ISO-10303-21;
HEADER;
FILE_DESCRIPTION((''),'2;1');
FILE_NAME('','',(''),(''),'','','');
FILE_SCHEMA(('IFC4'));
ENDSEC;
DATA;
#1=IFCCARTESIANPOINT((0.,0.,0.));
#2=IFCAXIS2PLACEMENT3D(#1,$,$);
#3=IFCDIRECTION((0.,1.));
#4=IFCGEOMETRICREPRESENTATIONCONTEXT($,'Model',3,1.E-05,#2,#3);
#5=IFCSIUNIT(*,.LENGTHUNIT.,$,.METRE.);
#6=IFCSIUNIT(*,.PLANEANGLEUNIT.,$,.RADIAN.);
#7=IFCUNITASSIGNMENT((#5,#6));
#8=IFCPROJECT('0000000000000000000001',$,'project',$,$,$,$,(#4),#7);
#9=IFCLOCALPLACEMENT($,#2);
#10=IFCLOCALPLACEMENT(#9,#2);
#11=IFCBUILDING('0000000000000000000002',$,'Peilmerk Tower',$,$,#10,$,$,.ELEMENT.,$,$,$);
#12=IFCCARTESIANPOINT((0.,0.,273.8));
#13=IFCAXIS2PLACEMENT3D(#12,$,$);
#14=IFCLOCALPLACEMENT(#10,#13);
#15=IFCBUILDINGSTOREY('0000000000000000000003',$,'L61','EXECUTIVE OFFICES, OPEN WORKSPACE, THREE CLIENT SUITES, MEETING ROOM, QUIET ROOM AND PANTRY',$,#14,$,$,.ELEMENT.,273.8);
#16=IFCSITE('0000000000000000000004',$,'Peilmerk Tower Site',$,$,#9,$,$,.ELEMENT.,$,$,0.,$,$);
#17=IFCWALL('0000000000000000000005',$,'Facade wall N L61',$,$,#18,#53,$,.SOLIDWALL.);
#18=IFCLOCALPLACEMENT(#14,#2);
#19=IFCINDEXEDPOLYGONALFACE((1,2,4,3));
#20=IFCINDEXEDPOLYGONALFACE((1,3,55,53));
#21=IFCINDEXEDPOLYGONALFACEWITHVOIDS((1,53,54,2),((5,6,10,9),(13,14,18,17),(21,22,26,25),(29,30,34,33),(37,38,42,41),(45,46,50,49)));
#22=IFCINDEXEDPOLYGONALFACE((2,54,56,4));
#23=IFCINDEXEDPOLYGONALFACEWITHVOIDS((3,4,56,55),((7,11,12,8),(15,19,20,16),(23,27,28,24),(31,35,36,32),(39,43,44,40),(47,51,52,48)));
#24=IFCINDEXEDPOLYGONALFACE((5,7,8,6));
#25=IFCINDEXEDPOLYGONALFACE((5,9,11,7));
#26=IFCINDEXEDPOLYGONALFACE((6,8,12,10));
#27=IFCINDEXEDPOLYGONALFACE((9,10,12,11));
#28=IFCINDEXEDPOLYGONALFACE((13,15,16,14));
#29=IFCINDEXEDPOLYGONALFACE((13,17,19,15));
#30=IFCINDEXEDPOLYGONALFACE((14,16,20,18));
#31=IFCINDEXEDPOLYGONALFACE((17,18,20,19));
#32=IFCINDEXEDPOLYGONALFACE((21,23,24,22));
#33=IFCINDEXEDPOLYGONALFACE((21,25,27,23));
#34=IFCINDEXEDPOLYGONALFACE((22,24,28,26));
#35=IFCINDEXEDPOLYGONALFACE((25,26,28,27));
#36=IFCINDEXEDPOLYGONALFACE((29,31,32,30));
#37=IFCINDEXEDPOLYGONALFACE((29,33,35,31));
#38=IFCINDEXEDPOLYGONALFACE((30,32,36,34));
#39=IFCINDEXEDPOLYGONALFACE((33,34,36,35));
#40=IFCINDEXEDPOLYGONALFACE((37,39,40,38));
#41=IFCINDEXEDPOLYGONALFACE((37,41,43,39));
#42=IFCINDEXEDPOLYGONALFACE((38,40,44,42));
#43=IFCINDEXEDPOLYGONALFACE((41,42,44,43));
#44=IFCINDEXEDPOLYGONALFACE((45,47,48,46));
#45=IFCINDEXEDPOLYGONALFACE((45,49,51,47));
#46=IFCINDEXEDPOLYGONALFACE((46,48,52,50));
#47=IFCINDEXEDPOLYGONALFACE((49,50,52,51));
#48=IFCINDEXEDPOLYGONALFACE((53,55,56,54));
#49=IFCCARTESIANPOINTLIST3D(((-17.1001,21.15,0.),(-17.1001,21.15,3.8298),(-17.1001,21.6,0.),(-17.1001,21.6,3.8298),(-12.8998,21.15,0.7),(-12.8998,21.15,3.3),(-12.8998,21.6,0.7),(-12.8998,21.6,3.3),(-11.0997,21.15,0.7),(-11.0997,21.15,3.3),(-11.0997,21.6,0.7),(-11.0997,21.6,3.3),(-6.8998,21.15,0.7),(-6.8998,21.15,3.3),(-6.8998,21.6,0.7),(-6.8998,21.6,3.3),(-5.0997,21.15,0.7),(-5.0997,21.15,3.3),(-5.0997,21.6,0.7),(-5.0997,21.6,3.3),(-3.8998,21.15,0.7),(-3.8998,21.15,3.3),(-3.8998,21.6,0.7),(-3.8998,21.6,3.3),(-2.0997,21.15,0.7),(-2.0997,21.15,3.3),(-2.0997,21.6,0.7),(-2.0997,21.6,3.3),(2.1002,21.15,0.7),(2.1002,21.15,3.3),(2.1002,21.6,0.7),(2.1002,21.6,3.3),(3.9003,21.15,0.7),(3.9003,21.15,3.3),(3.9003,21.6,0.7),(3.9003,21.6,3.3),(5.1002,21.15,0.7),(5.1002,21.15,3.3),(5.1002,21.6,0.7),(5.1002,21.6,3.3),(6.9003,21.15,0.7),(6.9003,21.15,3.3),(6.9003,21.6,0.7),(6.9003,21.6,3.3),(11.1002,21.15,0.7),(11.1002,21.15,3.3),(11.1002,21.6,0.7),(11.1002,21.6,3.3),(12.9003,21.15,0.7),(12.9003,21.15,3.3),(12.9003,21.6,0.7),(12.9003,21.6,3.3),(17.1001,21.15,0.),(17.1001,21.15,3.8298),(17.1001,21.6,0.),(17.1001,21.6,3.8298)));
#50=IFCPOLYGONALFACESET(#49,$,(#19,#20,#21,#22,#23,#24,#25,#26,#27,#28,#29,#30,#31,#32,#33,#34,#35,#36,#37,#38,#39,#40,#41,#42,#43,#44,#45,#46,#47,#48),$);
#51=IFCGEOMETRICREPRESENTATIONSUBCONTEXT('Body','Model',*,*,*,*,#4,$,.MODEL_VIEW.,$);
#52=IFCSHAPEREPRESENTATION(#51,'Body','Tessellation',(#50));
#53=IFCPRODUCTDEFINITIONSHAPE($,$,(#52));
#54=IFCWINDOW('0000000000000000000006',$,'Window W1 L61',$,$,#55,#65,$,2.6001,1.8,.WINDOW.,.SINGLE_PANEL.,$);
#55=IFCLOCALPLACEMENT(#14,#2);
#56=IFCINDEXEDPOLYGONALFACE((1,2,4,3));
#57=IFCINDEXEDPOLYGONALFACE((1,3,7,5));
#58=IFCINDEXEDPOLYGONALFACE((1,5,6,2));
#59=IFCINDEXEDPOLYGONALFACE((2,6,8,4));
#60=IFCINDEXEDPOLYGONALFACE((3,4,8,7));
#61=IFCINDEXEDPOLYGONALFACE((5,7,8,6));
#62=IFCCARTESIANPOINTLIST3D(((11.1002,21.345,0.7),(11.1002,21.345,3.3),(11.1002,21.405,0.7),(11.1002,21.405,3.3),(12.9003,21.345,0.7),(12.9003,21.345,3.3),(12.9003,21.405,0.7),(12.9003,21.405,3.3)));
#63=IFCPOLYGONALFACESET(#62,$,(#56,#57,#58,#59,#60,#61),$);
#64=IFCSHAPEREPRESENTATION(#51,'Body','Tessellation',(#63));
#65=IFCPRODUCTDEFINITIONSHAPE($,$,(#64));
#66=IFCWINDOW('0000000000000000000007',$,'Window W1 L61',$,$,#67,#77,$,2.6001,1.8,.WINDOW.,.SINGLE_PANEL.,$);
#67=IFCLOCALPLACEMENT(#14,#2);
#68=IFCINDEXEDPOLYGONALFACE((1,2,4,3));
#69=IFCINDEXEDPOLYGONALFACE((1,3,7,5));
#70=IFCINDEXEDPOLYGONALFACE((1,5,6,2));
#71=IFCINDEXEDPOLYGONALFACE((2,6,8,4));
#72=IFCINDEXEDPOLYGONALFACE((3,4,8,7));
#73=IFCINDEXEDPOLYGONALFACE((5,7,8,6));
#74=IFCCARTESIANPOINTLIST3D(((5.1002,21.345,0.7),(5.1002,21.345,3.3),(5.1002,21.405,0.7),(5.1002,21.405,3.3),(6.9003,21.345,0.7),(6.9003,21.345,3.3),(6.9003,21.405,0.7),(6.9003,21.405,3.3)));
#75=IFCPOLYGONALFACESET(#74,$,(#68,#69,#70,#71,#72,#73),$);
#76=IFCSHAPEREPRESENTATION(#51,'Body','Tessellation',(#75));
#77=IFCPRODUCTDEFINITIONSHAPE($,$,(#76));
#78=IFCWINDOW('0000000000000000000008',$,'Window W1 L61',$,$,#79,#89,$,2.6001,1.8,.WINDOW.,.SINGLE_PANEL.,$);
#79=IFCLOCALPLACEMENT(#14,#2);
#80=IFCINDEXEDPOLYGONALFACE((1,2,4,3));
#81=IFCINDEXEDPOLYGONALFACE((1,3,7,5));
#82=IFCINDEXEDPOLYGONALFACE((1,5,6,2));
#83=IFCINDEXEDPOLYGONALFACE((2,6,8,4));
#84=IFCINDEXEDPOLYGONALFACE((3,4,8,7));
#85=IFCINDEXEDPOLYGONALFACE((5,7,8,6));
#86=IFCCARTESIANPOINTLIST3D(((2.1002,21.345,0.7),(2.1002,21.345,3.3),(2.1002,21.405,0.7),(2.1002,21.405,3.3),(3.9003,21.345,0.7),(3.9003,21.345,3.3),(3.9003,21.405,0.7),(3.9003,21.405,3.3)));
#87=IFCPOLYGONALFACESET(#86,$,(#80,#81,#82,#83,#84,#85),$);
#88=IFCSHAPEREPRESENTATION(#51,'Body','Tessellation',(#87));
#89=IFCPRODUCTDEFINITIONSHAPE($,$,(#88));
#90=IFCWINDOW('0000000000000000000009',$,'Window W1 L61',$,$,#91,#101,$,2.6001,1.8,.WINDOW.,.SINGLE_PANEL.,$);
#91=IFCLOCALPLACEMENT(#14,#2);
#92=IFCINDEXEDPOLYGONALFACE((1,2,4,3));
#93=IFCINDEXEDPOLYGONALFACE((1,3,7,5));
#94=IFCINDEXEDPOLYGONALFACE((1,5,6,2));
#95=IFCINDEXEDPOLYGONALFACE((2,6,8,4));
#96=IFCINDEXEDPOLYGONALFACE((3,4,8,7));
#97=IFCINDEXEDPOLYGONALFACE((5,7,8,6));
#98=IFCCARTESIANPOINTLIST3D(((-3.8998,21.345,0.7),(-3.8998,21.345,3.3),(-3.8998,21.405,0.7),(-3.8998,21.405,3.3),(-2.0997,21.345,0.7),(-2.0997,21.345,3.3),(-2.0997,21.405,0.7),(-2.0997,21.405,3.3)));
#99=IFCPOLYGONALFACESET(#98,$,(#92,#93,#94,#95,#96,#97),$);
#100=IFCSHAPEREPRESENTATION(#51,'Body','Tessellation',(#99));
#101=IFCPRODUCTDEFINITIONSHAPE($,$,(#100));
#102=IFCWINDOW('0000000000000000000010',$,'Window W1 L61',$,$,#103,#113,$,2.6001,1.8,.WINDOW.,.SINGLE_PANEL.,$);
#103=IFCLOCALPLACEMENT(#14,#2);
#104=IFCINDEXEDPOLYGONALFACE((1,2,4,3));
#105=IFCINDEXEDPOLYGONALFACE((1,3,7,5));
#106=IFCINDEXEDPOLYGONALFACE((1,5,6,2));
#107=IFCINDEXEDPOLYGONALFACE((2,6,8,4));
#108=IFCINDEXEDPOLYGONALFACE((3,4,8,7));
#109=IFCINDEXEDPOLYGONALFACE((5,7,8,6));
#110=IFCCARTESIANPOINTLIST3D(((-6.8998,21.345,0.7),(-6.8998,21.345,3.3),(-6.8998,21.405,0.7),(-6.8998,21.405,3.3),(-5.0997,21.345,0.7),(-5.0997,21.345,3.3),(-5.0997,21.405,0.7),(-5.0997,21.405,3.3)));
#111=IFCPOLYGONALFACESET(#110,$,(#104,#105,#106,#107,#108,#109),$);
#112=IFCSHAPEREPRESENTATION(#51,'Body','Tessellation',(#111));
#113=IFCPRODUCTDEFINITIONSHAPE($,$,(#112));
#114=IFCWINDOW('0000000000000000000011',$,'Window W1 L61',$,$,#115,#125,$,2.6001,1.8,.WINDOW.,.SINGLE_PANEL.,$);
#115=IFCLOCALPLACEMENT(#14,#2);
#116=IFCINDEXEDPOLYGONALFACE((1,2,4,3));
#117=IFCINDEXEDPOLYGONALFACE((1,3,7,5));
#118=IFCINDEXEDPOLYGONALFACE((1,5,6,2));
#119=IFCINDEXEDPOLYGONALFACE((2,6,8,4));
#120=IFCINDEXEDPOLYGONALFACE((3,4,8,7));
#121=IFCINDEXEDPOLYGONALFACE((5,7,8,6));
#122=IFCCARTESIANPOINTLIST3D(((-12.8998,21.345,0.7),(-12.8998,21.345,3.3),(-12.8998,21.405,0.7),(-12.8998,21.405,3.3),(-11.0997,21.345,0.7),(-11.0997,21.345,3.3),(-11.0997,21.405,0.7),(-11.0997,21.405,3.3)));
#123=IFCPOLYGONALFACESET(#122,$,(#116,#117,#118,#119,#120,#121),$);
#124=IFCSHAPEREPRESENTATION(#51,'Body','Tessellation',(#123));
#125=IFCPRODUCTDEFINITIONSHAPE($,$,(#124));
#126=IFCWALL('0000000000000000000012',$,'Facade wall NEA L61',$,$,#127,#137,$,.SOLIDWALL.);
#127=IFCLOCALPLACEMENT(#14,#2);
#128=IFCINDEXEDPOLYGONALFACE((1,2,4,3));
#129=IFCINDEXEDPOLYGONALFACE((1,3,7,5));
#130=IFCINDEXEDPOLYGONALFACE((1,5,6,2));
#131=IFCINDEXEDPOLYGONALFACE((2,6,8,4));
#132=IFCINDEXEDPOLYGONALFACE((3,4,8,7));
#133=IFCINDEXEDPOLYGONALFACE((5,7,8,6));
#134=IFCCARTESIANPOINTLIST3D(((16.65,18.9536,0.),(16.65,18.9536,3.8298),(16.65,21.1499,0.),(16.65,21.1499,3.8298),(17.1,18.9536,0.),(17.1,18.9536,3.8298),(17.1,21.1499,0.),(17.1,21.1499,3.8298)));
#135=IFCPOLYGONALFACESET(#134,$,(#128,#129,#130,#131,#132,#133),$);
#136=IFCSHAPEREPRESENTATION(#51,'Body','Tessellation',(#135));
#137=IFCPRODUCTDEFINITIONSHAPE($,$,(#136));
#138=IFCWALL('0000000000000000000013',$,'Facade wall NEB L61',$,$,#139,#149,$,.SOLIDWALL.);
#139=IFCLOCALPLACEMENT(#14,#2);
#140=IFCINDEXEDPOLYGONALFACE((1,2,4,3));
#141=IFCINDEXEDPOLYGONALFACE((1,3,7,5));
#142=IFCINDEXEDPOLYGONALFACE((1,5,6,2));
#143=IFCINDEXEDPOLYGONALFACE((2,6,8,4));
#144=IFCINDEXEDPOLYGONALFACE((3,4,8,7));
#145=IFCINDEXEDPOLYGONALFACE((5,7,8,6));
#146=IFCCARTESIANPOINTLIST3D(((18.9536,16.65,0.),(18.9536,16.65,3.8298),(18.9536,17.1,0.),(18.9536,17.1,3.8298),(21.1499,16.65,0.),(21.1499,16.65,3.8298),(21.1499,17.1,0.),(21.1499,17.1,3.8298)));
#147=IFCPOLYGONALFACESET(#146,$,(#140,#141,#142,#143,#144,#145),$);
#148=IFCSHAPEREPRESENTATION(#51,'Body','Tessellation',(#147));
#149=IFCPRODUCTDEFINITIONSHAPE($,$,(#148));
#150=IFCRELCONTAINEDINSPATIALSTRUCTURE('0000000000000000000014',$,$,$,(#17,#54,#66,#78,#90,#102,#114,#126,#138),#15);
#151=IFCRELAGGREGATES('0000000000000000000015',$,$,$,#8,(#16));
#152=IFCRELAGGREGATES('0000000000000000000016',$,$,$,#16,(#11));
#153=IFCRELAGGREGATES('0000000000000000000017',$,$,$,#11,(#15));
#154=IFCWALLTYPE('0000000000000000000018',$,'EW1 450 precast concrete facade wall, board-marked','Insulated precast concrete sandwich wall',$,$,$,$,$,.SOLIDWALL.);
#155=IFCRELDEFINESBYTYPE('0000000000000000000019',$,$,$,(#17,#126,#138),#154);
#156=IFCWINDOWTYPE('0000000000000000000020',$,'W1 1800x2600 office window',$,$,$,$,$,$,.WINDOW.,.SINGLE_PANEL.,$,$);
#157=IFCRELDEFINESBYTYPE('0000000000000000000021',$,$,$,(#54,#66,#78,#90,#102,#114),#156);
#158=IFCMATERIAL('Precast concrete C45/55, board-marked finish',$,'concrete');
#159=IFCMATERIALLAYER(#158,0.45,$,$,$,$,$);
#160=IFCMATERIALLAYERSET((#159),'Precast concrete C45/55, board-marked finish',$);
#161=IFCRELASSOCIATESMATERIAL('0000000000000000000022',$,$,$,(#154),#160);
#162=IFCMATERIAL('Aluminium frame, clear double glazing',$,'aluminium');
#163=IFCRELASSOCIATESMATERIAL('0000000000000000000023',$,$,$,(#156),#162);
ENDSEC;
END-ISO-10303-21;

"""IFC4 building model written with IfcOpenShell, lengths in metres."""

from ifc_helpers import new_model, si_unit, direction, frame, frame_2d, origin, place, context, subcontext, project, spatial, rectangle, extrude, material, layer, layer_set, type_object, element, fill, save


model = new_model("IFC4")

# Units and contexts
model_context = context("Model", 3, precision=1e-05, world=origin(), true_north=direction((0.0, 1.0)))
body_context = subcontext(model_context, "Body", "Model", "MODEL_VIEW")
ifc_project = project(units=[si_unit("LENGTHUNIT", "METRE"), si_unit("PLANEANGLEUNIT", "RADIAN")], contexts=[model_context])

# Site, building, storey
site_placement = place(None, origin())
site = spatial("IfcSite", under=ifc_project, at=site_placement, Name="Peilmerk Tower Site", CompositionType="ELEMENT", RefElevation=0.0)
building_placement = place(site_placement, origin())
building = spatial("IfcBuilding", under=site, at=building_placement, Name="Peilmerk Tower", CompositionType="ELEMENT")
storey_placement = place(building_placement, frame((0.0, 0.0, 273.8)))
storey = spatial("IfcBuildingStorey", under=building, at=storey_placement, Name="L61", Description="EXECUTIVE OFFICES, OPEN WORKSPACE, THREE CLIENT SUITES, MEETING ROOM, QUIET ROOM AND PANTRY", CompositionType="ELEMENT", Elevation=273.8)

# Wall, openings, windows
ifc_material_1 = material(Name="Precast concrete C45/55, board-marked finish", Category="concrete")
ifc_layer_1 = layer(ifc_material_1, 0.45)
ifc_layer_set_1 = layer_set([ifc_layer_1], Name="Precast concrete C45/55, board-marked finish")
wall_type = type_object("IfcWallType", Name="EW1 450 precast concrete facade wall, board-marked", Description="Insulated precast concrete sandwich wall", PredefinedType="SOLIDWALL", material=ifc_layer_set_1)
wall_placement = place(storey_placement, frame((17.1001, 21.375, 0.0), z_axis=(0.0, 0.0, 1.0), x_axis=(-1.0, 0.0, 0.0)))
wall = element("IfcWall", 1, at=wall_placement, inside=storey, type_object=wall_type, Name="Facade wall N L61", PredefinedType="SOLIDWALL", context=body_context, shape_type="SweptSolid", body=[
    extrude(rectangle(XDim=34.2002, YDim=0.45, at=frame_2d((17.1001, 0.0))), origin(), (0.0, 0.0, 1.0), 3.8298),
])
opening_1_placement = place(wall_placement, frame((4.2, 0.0, 0.7)))
opening_1 = element("IfcOpeningElement", 2, at=opening_1_placement, cuts=wall, PredefinedType="OPENING", context=body_context, shape_type="SweptSolid", body=[
    extrude(rectangle(XDim=1.8, YDim=2.6001, at=frame_2d((0.8999, 1.3))), frame((0.0, 0.2349, 0.0), z_axis=(0.0, -1.0, 0.0), x_axis=(1.0, 0.0, 0.0)), (0.0, 0.0, 1.0), 0.47),
])
opening_2_placement = place(wall_placement, frame((10.2, 0.0, 0.7)))
opening_2 = element("IfcOpeningElement", 3, at=opening_2_placement, cuts=wall, PredefinedType="OPENING", context=body_context, shape_type="SweptSolid", body=[
    extrude(rectangle(XDim=1.8, YDim=2.6001, at=frame_2d((0.8999, 1.3))), frame((0.0, 0.2349, 0.0), z_axis=(0.0, -1.0, 0.0), x_axis=(1.0, 0.0, 0.0)), (0.0, 0.0, 1.0), 0.47),
])
opening_3_placement = place(wall_placement, frame((13.2, 0.0, 0.7)))
opening_3 = element("IfcOpeningElement", 4, at=opening_3_placement, cuts=wall, PredefinedType="OPENING", context=body_context, shape_type="SweptSolid", body=[
    extrude(rectangle(XDim=1.8, YDim=2.6001, at=frame_2d((0.8999, 1.3))), frame((0.0, 0.2349, 0.0), z_axis=(0.0, -1.0, 0.0), x_axis=(1.0, 0.0, 0.0)), (0.0, 0.0, 1.0), 0.47),
])
opening_4_placement = place(wall_placement, frame((19.2, 0.0, 0.7)))
opening_4 = element("IfcOpeningElement", 5, at=opening_4_placement, cuts=wall, PredefinedType="OPENING", context=body_context, shape_type="SweptSolid", body=[
    extrude(rectangle(XDim=1.8, YDim=2.6001, at=frame_2d((0.8999, 1.3))), frame((0.0, 0.2349, 0.0), z_axis=(0.0, -1.0, 0.0), x_axis=(1.0, 0.0, 0.0)), (0.0, 0.0, 1.0), 0.47),
])
opening_5_placement = place(wall_placement, frame((22.2, 0.0, 0.7)))
opening_5 = element("IfcOpeningElement", 6, at=opening_5_placement, cuts=wall, PredefinedType="OPENING", context=body_context, shape_type="SweptSolid", body=[
    extrude(rectangle(XDim=1.8, YDim=2.6001, at=frame_2d((0.8999, 1.3))), frame((0.0, 0.2349, 0.0), z_axis=(0.0, -1.0, 0.0), x_axis=(1.0, 0.0, 0.0)), (0.0, 0.0, 1.0), 0.47),
])
opening_6_placement = place(wall_placement, frame((28.2, 0.0, 0.7)))
opening_6 = element("IfcOpeningElement", 7, at=opening_6_placement, cuts=wall, PredefinedType="OPENING", context=body_context, shape_type="SweptSolid", body=[
    extrude(rectangle(XDim=1.8, YDim=2.6001, at=frame_2d((0.8999, 1.3))), frame((0.0, 0.2349, 0.0), z_axis=(0.0, -1.0, 0.0), x_axis=(1.0, 0.0, 0.0)), (0.0, 0.0, 1.0), 0.47),
])
ifc_material_2 = material(Name="Aluminium frame, clear double glazing", Category="aluminium")
window_type = type_object("IfcWindowType", Name="W1 1800x2600 office window", PartitioningType="SINGLE_PANEL", PredefinedType="WINDOW", material=ifc_material_2)
window_1_placement = place(opening_1_placement, origin())
window_1 = element("IfcWindow", 8, at=window_1_placement, inside=storey, type_object=window_type, Name="Window W1 L61", OverallHeight=2.6001, OverallWidth=1.8, PartitioningType="SINGLE_PANEL", PredefinedType="WINDOW", context=body_context, shape_type="SweptSolid", body=[
    extrude(rectangle(XDim=1.8, YDim=2.6001, at=frame_2d((0.8999, 1.3))), frame((0.0, 0.03, 0.0), z_axis=(0.0, -1.0, 0.0), x_axis=(1.0, 0.0, 0.0)), (0.0, 0.0, 1.0), 0.0601),
])
fill(opening_1, window_1)
window_2_placement = place(opening_2_placement, origin())
window_2 = element("IfcWindow", 9, at=window_2_placement, inside=storey, type_object=window_type, Name="Window W1 L61", OverallHeight=2.6001, OverallWidth=1.8, PartitioningType="SINGLE_PANEL", PredefinedType="WINDOW", context=body_context, shape_type="SweptSolid", body=[
    extrude(rectangle(XDim=1.8, YDim=2.6001, at=frame_2d((0.8999, 1.3))), frame((0.0, 0.03, 0.0), z_axis=(0.0, -1.0, 0.0), x_axis=(1.0, 0.0, 0.0)), (0.0, 0.0, 1.0), 0.0601),
])
fill(opening_2, window_2)
window_3_placement = place(opening_3_placement, origin())
window_3 = element("IfcWindow", 10, at=window_3_placement, inside=storey, type_object=window_type, Name="Window W1 L61", OverallHeight=2.6001, OverallWidth=1.8, PartitioningType="SINGLE_PANEL", PredefinedType="WINDOW", context=body_context, shape_type="SweptSolid", body=[
    extrude(rectangle(XDim=1.8, YDim=2.6001, at=frame_2d((0.8999, 1.3))), frame((0.0, 0.03, 0.0), z_axis=(0.0, -1.0, 0.0), x_axis=(1.0, 0.0, 0.0)), (0.0, 0.0, 1.0), 0.0601),
])
fill(opening_3, window_3)
window_4_placement = place(opening_4_placement, origin())
window_4 = element("IfcWindow", 11, at=window_4_placement, inside=storey, type_object=window_type, Name="Window W1 L61", OverallHeight=2.6001, OverallWidth=1.8, PartitioningType="SINGLE_PANEL", PredefinedType="WINDOW", context=body_context, shape_type="SweptSolid", body=[
    extrude(rectangle(XDim=1.8, YDim=2.6001, at=frame_2d((0.8999, 1.3))), frame((0.0, 0.03, 0.0), z_axis=(0.0, -1.0, 0.0), x_axis=(1.0, 0.0, 0.0)), (0.0, 0.0, 1.0), 0.0601),
])
fill(opening_4, window_4)
window_5_placement = place(opening_5_placement, origin())
window_5 = element("IfcWindow", 12, at=window_5_placement, inside=storey, type_object=window_type, Name="Window W1 L61", OverallHeight=2.6001, OverallWidth=1.8, PartitioningType="SINGLE_PANEL", PredefinedType="WINDOW", context=body_context, shape_type="SweptSolid", body=[
    extrude(rectangle(XDim=1.8, YDim=2.6001, at=frame_2d((0.8999, 1.3))), frame((0.0, 0.03, 0.0), z_axis=(0.0, -1.0, 0.0), x_axis=(1.0, 0.0, 0.0)), (0.0, 0.0, 1.0), 0.0601),
])
fill(opening_5, window_5)
window_6_placement = place(opening_6_placement, origin())
window_6 = element("IfcWindow", 13, at=window_6_placement, inside=storey, type_object=window_type, Name="Window W1 L61", OverallHeight=2.6001, OverallWidth=1.8, PartitioningType="SINGLE_PANEL", PredefinedType="WINDOW", context=body_context, shape_type="SweptSolid", body=[
    extrude(rectangle(XDim=1.8, YDim=2.6001, at=frame_2d((0.8999, 1.3))), frame((0.0, 0.03, 0.0), z_axis=(0.0, -1.0, 0.0), x_axis=(1.0, 0.0, 0.0)), (0.0, 0.0, 1.0), 0.0601),
])
fill(opening_6, window_6)

# Walls
for number, where, z_axis, x_axis, name in (
    (14, (16.875, 18.9536, 0.0), (0.0, 0.0, 1.0), (0.0, 1.0, 0.0), "Facade wall NEA L61"),
    (15, (18.9536, 16.875, 0.0), (0.0, 0.0, 1.0), (1.0, 0.0, 0.0), "Facade wall NEB L61"),
):
    element("IfcWall", number, at=place(storey_placement, frame(where, z_axis=z_axis, x_axis=x_axis)), inside=storey, type_object=wall_type, Name=name, PredefinedType="SOLIDWALL", context=body_context, shape_type="SweptSolid", body=[
        extrude(rectangle(XDim=2.1963, YDim=0.45, at=frame_2d((1.0981, 0.0))), origin(), (0.0, 0.0, 1.0), 3.8298),
    ])

save(model, "model.ifc")
